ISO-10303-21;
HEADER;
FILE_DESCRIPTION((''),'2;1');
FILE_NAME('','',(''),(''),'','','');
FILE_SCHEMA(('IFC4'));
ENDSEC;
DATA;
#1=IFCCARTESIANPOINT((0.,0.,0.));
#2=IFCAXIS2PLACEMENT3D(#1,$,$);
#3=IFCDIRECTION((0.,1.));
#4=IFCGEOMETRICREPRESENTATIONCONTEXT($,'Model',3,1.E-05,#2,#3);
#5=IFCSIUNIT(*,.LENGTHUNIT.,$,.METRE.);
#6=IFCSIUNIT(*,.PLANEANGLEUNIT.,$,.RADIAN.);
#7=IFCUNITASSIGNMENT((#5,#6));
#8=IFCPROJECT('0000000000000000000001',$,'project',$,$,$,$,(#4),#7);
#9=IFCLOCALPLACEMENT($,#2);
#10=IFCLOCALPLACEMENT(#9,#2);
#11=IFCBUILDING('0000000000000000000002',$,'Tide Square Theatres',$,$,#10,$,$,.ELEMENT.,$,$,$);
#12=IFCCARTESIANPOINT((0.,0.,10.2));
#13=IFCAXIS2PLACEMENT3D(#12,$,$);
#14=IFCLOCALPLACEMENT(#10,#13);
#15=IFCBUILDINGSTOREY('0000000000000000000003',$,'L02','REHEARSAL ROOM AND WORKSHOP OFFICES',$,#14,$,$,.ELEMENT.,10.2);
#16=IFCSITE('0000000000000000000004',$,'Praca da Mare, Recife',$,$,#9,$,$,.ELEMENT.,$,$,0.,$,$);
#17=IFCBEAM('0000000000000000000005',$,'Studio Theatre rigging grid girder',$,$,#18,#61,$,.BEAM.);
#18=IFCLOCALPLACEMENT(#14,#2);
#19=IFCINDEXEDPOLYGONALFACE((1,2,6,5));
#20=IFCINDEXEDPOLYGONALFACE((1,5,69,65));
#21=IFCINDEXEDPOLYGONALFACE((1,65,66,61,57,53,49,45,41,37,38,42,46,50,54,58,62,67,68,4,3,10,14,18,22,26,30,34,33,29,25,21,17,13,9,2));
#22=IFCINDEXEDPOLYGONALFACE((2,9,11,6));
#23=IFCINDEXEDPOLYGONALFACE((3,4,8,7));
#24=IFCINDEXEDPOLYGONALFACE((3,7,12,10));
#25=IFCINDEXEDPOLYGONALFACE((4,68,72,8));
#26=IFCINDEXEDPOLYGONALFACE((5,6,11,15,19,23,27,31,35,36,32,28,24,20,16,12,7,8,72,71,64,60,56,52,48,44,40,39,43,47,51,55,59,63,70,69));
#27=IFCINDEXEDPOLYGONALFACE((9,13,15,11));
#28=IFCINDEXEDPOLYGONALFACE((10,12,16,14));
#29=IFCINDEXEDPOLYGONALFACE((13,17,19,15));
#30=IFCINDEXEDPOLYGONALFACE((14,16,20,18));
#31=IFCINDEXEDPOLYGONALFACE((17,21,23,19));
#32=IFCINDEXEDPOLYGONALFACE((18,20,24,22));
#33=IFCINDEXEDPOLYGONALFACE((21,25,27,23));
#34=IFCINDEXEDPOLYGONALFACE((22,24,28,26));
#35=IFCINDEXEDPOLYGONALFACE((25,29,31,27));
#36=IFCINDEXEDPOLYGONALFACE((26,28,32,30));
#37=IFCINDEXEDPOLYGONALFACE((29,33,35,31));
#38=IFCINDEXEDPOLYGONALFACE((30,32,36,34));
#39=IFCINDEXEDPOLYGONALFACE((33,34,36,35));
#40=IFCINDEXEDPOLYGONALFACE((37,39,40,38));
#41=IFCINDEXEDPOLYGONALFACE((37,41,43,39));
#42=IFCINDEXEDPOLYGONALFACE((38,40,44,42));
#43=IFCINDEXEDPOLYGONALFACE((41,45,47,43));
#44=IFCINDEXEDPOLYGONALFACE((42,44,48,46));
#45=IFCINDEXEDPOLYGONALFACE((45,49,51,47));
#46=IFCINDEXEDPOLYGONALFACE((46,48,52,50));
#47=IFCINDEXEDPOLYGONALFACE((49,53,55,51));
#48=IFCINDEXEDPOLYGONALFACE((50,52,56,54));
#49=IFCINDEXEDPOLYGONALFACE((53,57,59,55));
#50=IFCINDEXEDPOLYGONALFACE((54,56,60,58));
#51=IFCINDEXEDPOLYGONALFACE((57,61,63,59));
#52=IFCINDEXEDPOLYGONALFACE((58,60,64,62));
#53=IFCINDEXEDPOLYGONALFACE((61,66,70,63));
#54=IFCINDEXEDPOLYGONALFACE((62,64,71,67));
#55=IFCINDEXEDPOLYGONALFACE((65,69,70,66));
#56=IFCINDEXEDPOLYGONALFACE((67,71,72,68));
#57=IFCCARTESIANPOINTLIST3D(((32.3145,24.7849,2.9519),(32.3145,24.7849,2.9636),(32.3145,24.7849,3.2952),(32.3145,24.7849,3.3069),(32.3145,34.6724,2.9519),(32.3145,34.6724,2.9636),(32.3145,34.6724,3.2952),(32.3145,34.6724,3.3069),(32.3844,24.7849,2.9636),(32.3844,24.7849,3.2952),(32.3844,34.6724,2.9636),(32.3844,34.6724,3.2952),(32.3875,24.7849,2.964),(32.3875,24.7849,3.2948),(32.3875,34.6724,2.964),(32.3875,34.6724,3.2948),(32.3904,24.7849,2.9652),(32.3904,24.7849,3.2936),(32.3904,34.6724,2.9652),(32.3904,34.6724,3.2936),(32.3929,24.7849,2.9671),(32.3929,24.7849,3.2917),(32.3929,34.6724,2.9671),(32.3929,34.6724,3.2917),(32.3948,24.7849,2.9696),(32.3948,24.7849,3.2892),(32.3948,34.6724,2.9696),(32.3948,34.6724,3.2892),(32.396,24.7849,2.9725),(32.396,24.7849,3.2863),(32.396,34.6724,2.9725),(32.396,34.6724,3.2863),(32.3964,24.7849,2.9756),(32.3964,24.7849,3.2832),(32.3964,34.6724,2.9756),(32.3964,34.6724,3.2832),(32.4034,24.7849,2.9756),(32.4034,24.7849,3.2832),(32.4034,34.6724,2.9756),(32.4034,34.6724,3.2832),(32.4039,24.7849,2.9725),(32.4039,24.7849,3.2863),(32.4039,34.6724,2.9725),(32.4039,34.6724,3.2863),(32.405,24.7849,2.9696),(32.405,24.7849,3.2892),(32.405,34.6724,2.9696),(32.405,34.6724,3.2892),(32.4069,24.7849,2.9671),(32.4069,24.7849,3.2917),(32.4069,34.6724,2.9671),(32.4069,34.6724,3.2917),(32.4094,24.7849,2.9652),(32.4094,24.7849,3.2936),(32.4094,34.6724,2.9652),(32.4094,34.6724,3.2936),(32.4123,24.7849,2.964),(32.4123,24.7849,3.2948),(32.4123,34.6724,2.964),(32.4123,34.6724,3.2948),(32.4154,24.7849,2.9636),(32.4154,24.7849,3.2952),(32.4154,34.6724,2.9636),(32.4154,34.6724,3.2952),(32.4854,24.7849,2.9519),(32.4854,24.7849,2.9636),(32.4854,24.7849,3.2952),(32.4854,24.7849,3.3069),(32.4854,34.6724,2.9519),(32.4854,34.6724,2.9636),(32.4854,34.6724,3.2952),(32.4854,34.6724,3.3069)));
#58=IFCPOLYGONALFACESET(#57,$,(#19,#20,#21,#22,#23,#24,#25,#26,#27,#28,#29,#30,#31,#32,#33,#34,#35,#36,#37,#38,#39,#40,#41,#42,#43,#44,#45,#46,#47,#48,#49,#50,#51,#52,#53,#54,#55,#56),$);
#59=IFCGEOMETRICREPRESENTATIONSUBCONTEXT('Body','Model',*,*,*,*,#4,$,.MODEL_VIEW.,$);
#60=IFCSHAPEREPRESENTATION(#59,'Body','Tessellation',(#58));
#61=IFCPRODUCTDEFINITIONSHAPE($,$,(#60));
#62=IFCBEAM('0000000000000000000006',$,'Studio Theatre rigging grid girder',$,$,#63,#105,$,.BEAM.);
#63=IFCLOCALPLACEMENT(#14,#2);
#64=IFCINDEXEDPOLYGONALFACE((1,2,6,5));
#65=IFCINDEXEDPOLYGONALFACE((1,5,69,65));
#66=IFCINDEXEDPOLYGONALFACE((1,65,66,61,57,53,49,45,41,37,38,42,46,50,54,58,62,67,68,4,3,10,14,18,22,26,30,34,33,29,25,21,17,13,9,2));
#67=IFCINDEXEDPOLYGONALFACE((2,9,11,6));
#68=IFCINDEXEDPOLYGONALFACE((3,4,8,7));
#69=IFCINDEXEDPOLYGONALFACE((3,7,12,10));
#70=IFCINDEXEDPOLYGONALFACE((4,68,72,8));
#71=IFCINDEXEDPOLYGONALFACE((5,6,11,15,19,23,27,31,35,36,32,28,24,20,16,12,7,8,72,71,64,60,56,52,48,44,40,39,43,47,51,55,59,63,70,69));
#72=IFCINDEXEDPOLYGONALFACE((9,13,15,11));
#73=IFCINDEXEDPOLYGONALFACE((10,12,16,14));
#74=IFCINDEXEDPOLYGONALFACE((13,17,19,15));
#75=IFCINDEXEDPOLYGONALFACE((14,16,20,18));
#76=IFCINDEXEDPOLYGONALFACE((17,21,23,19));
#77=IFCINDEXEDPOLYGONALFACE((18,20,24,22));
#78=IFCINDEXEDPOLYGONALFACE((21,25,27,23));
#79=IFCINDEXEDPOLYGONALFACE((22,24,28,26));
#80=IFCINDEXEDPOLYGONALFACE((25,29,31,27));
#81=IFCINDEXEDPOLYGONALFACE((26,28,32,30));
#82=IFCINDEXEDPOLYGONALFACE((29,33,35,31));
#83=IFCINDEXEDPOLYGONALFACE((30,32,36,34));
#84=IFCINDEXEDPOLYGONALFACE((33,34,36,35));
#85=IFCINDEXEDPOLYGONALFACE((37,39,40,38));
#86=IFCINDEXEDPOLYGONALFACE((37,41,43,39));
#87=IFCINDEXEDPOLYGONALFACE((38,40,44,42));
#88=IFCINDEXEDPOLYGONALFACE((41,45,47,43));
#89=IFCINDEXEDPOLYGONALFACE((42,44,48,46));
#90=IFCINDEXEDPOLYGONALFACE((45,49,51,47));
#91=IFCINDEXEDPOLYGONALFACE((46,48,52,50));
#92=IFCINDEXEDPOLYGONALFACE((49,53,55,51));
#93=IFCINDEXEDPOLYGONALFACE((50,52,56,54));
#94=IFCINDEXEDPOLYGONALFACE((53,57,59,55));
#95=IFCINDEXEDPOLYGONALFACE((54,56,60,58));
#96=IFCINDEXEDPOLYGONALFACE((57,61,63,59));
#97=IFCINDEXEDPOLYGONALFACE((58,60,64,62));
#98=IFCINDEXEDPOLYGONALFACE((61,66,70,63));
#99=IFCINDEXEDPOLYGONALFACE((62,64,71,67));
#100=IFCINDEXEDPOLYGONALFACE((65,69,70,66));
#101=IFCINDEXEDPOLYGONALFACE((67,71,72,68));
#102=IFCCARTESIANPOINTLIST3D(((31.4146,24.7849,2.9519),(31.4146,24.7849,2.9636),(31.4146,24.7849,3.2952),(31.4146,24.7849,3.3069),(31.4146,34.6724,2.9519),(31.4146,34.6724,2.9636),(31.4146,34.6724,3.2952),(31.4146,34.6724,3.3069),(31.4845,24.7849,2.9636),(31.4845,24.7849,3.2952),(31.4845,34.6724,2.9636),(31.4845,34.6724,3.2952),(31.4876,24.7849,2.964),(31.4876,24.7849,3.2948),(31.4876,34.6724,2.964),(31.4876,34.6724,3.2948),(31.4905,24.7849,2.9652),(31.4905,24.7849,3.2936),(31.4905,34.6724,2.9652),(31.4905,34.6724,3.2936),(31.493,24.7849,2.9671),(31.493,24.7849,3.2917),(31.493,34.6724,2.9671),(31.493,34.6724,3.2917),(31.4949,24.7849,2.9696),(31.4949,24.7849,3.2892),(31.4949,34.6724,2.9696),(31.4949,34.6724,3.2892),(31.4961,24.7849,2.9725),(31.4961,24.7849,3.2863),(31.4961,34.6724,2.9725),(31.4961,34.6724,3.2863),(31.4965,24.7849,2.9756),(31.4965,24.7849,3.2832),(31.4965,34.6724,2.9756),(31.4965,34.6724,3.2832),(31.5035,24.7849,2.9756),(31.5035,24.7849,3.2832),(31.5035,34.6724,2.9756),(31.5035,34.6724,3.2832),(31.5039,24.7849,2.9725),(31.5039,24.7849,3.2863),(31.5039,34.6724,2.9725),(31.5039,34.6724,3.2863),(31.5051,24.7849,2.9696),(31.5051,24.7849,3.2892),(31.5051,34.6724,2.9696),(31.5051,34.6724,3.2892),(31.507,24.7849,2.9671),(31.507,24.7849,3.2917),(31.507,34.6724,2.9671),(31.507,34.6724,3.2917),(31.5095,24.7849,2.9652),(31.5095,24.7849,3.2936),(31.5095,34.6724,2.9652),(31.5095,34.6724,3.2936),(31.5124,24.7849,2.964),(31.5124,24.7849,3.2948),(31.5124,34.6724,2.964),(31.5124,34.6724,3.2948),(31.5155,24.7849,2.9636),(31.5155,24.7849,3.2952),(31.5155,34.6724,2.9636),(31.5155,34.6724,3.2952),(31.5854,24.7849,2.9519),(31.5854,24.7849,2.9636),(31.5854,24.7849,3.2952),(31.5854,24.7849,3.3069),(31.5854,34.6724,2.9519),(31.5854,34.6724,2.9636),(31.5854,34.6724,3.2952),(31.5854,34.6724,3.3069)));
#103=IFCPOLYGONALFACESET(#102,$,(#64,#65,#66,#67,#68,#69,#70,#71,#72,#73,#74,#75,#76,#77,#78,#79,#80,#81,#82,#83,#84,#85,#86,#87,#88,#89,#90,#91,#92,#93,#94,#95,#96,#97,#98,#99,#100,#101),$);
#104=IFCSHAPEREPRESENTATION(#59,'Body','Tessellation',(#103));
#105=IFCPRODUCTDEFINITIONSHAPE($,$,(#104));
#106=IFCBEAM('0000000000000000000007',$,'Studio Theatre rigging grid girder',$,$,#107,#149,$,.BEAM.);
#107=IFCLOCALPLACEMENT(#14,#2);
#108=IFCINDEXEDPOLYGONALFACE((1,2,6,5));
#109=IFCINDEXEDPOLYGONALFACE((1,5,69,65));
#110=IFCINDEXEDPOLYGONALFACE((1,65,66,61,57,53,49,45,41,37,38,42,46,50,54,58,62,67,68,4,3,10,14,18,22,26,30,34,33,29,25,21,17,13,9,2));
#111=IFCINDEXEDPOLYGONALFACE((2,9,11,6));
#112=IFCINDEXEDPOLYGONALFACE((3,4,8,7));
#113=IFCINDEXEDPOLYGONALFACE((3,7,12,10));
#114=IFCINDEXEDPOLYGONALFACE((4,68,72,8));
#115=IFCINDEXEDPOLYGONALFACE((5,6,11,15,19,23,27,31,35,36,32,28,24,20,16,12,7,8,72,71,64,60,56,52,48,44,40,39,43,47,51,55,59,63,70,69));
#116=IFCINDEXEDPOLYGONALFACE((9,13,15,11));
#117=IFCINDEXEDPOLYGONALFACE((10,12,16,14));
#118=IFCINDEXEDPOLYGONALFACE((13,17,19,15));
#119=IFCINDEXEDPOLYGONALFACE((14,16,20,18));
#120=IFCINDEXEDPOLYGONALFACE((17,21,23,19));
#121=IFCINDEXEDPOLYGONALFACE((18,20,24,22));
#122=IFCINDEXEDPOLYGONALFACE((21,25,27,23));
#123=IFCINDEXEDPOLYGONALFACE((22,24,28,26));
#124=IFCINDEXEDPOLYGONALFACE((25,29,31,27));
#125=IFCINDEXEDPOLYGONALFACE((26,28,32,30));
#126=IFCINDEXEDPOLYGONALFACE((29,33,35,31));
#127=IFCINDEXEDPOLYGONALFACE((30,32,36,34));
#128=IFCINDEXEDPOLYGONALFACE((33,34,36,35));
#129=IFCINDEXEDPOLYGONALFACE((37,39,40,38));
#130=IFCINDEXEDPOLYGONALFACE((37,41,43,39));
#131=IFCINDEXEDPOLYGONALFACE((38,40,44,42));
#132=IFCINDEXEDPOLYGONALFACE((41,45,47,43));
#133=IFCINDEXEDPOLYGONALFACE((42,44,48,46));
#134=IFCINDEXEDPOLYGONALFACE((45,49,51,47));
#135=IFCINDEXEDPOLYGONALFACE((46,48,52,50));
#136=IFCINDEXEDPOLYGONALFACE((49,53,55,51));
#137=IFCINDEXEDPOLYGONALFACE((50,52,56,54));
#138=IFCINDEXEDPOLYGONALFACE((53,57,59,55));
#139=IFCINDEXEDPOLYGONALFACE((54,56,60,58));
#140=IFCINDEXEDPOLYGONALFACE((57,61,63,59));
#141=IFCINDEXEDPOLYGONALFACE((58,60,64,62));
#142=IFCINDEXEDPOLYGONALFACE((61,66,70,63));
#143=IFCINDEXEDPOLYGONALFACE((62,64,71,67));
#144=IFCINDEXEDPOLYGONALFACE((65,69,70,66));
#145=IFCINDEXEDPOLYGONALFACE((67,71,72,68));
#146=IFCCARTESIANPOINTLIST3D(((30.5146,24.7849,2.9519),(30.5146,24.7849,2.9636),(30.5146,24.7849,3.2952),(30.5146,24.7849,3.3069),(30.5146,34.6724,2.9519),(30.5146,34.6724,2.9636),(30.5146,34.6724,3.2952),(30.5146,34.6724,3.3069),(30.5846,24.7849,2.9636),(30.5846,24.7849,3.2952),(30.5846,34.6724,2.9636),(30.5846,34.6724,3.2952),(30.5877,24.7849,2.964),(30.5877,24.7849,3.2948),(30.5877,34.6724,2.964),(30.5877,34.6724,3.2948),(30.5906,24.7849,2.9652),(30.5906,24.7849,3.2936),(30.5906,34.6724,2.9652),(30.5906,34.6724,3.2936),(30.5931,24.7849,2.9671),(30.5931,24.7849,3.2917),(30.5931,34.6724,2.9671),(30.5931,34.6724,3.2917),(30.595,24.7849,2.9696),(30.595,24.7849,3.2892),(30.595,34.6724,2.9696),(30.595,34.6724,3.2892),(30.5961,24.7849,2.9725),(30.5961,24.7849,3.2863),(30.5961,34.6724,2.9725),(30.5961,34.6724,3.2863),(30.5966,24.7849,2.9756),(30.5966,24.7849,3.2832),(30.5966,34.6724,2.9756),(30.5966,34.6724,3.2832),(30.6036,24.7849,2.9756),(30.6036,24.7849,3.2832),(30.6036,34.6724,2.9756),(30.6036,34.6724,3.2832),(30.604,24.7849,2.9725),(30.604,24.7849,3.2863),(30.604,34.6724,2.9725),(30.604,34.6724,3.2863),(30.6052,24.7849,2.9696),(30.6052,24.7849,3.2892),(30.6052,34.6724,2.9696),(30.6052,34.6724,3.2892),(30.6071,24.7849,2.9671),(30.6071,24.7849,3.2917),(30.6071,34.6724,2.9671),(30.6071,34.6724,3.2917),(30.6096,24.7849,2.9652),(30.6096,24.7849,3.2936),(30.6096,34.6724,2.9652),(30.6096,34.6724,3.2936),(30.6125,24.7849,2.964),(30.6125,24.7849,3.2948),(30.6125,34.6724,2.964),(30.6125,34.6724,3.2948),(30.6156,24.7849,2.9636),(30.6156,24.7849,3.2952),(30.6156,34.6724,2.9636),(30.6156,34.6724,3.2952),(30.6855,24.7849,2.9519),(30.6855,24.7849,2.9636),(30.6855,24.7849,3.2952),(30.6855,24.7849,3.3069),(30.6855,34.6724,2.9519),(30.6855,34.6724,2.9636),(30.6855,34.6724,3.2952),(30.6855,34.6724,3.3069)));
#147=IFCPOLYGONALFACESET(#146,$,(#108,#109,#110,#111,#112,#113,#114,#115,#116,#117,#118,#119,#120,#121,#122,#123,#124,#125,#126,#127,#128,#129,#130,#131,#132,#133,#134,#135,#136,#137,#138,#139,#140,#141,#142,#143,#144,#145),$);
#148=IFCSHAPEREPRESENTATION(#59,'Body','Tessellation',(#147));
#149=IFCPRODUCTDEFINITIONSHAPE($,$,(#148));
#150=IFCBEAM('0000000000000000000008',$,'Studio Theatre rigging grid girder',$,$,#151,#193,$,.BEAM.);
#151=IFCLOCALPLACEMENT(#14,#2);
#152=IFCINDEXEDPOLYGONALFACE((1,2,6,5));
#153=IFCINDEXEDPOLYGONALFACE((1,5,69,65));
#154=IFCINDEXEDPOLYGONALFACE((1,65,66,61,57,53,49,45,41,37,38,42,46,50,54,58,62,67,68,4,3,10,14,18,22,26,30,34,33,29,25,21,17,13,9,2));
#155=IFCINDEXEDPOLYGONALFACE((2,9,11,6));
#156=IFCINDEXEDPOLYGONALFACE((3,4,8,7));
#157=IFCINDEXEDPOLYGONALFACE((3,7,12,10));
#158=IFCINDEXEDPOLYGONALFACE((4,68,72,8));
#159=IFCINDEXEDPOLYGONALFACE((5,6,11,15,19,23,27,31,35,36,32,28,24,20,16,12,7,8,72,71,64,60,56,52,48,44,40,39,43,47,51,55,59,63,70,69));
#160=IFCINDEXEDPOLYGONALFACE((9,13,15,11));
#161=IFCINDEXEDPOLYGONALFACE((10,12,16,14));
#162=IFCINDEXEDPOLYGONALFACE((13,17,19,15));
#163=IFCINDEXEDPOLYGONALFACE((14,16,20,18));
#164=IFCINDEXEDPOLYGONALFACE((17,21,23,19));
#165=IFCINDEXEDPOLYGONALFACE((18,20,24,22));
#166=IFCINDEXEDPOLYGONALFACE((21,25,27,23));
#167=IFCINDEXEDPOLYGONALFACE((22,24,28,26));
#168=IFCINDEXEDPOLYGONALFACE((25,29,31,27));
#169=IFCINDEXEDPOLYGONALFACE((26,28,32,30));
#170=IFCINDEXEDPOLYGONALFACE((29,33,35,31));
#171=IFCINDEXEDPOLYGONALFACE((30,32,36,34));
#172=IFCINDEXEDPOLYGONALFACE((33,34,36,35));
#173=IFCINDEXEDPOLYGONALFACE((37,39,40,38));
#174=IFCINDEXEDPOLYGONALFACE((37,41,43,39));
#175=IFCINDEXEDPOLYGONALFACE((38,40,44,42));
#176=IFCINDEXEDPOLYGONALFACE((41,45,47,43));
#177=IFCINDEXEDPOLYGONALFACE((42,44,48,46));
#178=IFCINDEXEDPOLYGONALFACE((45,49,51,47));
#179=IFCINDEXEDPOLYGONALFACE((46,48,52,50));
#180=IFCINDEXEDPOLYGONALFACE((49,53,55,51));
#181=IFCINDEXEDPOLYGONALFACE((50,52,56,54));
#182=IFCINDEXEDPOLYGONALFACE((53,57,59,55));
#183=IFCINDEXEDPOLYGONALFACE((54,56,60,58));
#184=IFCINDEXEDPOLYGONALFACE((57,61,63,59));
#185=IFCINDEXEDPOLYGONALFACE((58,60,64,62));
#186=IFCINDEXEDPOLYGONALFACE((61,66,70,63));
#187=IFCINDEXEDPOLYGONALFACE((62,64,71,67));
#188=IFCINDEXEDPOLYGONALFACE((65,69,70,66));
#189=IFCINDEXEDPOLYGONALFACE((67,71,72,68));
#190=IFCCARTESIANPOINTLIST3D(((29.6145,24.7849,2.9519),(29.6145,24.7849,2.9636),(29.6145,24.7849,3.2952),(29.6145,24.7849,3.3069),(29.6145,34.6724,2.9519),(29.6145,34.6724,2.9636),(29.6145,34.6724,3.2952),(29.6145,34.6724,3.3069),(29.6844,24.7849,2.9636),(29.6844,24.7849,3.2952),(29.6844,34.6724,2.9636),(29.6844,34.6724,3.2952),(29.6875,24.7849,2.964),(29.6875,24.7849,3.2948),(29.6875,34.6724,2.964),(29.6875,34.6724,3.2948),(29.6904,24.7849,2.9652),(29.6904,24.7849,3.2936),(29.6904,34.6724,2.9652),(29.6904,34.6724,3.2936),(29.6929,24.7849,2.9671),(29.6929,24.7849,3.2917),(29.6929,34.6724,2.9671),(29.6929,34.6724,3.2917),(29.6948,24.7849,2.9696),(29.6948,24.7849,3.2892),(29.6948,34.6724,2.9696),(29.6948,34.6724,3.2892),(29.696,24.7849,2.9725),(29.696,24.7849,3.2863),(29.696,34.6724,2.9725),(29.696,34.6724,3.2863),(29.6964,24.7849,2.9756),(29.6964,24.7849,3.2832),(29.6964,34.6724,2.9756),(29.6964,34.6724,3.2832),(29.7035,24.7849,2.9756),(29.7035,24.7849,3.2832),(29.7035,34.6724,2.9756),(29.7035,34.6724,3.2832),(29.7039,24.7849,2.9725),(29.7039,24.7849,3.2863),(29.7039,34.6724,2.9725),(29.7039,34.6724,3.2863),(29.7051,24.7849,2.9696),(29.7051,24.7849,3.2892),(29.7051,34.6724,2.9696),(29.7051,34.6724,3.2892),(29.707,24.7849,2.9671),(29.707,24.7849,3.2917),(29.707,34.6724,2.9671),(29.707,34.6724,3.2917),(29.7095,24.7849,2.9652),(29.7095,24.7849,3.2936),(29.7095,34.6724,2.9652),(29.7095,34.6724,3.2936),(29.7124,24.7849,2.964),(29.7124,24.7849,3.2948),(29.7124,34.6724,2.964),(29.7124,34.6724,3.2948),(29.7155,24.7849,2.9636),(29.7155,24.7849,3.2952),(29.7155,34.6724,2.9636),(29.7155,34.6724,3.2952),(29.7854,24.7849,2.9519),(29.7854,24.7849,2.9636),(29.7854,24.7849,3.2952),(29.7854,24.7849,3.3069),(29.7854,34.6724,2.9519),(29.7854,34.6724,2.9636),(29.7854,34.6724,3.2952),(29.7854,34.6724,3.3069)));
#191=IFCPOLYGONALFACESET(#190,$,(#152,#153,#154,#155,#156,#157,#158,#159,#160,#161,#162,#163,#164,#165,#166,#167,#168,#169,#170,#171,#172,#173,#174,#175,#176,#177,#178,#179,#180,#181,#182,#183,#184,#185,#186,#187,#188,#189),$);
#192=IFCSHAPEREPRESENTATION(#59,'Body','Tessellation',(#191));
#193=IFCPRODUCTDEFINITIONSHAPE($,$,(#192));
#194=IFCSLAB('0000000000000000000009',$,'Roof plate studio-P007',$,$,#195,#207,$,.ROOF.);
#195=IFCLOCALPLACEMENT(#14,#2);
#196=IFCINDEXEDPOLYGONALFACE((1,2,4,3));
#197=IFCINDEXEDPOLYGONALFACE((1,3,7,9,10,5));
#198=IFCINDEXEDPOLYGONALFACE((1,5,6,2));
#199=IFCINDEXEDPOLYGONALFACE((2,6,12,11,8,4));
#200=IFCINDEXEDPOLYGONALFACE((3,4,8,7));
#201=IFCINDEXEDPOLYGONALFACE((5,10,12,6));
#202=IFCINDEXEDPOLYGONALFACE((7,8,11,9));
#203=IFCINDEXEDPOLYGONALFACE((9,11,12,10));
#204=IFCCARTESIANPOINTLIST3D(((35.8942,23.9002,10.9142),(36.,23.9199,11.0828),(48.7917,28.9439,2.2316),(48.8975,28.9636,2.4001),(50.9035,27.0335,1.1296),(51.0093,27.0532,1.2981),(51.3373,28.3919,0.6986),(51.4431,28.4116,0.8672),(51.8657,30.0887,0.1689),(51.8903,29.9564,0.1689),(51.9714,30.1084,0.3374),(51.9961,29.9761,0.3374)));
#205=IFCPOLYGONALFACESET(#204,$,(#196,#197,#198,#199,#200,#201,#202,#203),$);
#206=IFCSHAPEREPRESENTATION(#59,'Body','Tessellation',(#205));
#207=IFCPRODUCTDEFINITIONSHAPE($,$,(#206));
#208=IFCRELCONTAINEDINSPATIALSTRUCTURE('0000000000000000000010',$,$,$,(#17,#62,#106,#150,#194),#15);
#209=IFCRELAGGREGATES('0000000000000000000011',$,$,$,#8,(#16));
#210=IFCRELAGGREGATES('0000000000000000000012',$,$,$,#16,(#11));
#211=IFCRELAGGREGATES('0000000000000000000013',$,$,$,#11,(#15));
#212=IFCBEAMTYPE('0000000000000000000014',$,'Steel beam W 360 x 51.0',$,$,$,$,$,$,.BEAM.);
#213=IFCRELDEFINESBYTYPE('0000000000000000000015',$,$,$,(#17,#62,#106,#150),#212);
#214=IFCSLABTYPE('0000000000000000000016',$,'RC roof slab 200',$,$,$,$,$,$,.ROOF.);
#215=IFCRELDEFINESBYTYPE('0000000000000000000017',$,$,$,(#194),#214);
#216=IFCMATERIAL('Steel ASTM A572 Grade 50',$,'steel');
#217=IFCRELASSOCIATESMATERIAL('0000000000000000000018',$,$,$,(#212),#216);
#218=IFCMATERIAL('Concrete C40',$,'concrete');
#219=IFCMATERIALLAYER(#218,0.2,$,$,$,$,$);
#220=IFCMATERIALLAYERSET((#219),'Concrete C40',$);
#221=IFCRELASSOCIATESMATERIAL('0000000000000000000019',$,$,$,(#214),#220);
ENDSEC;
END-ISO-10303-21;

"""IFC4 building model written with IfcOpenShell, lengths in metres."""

from ifc_helpers import new_model, si_unit, direction, frame, origin, origin_2d, place, context, subcontext, project, spatial, polyline, i_section, outline, extrude, material, layer, layer_set, material_profile, profile_set, type_object, element, save


model = new_model("IFC4")

# Units and contexts
model_context = context("Model", 3, precision=1e-05, world=origin(), true_north=direction((0.0, 1.0)))
body_context = subcontext(model_context, "Body", "Model", "MODEL_VIEW")
ifc_project = project(units=[si_unit("LENGTHUNIT", "METRE"), si_unit("PLANEANGLEUNIT", "RADIAN")], contexts=[model_context])

# Site, building, storey
site_placement = place(None, origin())
site = spatial("IfcSite", under=ifc_project, at=site_placement, Name="Praca da Mare, Recife", CompositionType="ELEMENT", RefElevation=0.0)
building_placement = place(site_placement, origin())
building = spatial("IfcBuilding", under=site, at=building_placement, Name="Tide Square Theatres", CompositionType="ELEMENT")
storey_placement = place(building_placement, frame((0.0, 0.0, 10.2)))
storey = spatial("IfcBuildingStorey", under=building, at=storey_placement, Name="L02", Description="REHEARSAL ROOM AND WORKSHOP OFFICES", CompositionType="ELEMENT", Elevation=10.2)

# Beams
ifc_material_1 = material(Name="Steel ASTM A572 Grade 50", Category="steel")
ifc_material_profile_1 = material_profile(ifc_material_1, i_section(OverallWidth=0.1709, OverallDepth=0.355, WebThickness=0.0071, FlangeThickness=0.0117, FilletRadius=0.012, at=origin_2d()))
ifc_profile_set_1 = profile_set([ifc_material_profile_1], Name="Steel ASTM A572 Grade 50")
beam_type_1 = type_object("IfcBeamType", Name="Steel beam W 360 x 51.0", PredefinedType="BEAM", material=ifc_profile_set_1)
for number, where, z_axis, x_axis, name in (
    (1, (32.3999, 24.7849, 3.1294), (0.0, 1.0, 0.0), (-1.0, 0.0, 0.0), "Studio Theatre rigging grid girder"),
    (2, (31.5, 24.7849, 3.1294), (0.0, 1.0, 0.0), (-1.0, 0.0, 0.0), "Studio Theatre rigging grid girder"),
    (3, (30.6001, 24.7849, 3.1294), (0.0, 1.0, 0.0), (-1.0, 0.0, 0.0), "Studio Theatre rigging grid girder"),
    (4, (29.7, 24.7849, 3.1294), (0.0, 1.0, 0.0), (-1.0, 0.0, 0.0), "Studio Theatre rigging grid girder"),
):
    element("IfcBeam", number, at=place(storey_placement, frame(where, z_axis=z_axis, x_axis=x_axis)), inside=storey, type_object=beam_type_1, Name=name, PredefinedType="BEAM", context=body_context, shape_type="SweptSolid", body=[
        extrude(i_section(OverallWidth=0.1709, OverallDepth=0.355, WebThickness=0.0071, FlangeThickness=0.0117, FilletRadius=0.012, at=origin_2d()), origin(), (0.0, 0.0, 1.0), 9.8875),
    ])

# Slab
ifc_material_2 = material(Name="Concrete C40", Category="concrete")
ifc_layer_1 = layer(ifc_material_2, 0.2)
ifc_layer_set_1 = layer_set([ifc_layer_1], Name="Concrete C40")
slab_type = type_object("IfcSlabType", Name="RC roof slab 200", PredefinedType="ROOF", material=ifc_layer_set_1)
slab_1_placement = place(storey_placement, frame((36.0, 23.9199, 11.0828), z_axis=(0.528952, 0.098464, 0.842921), x_axis=(0.825189, 0.172265, -0.537948)))
element("IfcSlab", 5, at=slab_1_placement, inside=storey, type_object=slab_type, Name="Roof plate studio-P007", PredefinedType="ROOF", context=body_context, shape_type="SweptSolid", body=[
    extrude(outline(polyline([(0.0, 0.0), (18.1889, 0.0), (20.0235, 2.6597), (20.026, 2.7943), (19.0127, 1.2412), (16.1825, 2.3018), (0.0, 0.0)])), origin(), (0.0, 0.0, -1.0), 0.2),
])

save(model, "model.ifc")
